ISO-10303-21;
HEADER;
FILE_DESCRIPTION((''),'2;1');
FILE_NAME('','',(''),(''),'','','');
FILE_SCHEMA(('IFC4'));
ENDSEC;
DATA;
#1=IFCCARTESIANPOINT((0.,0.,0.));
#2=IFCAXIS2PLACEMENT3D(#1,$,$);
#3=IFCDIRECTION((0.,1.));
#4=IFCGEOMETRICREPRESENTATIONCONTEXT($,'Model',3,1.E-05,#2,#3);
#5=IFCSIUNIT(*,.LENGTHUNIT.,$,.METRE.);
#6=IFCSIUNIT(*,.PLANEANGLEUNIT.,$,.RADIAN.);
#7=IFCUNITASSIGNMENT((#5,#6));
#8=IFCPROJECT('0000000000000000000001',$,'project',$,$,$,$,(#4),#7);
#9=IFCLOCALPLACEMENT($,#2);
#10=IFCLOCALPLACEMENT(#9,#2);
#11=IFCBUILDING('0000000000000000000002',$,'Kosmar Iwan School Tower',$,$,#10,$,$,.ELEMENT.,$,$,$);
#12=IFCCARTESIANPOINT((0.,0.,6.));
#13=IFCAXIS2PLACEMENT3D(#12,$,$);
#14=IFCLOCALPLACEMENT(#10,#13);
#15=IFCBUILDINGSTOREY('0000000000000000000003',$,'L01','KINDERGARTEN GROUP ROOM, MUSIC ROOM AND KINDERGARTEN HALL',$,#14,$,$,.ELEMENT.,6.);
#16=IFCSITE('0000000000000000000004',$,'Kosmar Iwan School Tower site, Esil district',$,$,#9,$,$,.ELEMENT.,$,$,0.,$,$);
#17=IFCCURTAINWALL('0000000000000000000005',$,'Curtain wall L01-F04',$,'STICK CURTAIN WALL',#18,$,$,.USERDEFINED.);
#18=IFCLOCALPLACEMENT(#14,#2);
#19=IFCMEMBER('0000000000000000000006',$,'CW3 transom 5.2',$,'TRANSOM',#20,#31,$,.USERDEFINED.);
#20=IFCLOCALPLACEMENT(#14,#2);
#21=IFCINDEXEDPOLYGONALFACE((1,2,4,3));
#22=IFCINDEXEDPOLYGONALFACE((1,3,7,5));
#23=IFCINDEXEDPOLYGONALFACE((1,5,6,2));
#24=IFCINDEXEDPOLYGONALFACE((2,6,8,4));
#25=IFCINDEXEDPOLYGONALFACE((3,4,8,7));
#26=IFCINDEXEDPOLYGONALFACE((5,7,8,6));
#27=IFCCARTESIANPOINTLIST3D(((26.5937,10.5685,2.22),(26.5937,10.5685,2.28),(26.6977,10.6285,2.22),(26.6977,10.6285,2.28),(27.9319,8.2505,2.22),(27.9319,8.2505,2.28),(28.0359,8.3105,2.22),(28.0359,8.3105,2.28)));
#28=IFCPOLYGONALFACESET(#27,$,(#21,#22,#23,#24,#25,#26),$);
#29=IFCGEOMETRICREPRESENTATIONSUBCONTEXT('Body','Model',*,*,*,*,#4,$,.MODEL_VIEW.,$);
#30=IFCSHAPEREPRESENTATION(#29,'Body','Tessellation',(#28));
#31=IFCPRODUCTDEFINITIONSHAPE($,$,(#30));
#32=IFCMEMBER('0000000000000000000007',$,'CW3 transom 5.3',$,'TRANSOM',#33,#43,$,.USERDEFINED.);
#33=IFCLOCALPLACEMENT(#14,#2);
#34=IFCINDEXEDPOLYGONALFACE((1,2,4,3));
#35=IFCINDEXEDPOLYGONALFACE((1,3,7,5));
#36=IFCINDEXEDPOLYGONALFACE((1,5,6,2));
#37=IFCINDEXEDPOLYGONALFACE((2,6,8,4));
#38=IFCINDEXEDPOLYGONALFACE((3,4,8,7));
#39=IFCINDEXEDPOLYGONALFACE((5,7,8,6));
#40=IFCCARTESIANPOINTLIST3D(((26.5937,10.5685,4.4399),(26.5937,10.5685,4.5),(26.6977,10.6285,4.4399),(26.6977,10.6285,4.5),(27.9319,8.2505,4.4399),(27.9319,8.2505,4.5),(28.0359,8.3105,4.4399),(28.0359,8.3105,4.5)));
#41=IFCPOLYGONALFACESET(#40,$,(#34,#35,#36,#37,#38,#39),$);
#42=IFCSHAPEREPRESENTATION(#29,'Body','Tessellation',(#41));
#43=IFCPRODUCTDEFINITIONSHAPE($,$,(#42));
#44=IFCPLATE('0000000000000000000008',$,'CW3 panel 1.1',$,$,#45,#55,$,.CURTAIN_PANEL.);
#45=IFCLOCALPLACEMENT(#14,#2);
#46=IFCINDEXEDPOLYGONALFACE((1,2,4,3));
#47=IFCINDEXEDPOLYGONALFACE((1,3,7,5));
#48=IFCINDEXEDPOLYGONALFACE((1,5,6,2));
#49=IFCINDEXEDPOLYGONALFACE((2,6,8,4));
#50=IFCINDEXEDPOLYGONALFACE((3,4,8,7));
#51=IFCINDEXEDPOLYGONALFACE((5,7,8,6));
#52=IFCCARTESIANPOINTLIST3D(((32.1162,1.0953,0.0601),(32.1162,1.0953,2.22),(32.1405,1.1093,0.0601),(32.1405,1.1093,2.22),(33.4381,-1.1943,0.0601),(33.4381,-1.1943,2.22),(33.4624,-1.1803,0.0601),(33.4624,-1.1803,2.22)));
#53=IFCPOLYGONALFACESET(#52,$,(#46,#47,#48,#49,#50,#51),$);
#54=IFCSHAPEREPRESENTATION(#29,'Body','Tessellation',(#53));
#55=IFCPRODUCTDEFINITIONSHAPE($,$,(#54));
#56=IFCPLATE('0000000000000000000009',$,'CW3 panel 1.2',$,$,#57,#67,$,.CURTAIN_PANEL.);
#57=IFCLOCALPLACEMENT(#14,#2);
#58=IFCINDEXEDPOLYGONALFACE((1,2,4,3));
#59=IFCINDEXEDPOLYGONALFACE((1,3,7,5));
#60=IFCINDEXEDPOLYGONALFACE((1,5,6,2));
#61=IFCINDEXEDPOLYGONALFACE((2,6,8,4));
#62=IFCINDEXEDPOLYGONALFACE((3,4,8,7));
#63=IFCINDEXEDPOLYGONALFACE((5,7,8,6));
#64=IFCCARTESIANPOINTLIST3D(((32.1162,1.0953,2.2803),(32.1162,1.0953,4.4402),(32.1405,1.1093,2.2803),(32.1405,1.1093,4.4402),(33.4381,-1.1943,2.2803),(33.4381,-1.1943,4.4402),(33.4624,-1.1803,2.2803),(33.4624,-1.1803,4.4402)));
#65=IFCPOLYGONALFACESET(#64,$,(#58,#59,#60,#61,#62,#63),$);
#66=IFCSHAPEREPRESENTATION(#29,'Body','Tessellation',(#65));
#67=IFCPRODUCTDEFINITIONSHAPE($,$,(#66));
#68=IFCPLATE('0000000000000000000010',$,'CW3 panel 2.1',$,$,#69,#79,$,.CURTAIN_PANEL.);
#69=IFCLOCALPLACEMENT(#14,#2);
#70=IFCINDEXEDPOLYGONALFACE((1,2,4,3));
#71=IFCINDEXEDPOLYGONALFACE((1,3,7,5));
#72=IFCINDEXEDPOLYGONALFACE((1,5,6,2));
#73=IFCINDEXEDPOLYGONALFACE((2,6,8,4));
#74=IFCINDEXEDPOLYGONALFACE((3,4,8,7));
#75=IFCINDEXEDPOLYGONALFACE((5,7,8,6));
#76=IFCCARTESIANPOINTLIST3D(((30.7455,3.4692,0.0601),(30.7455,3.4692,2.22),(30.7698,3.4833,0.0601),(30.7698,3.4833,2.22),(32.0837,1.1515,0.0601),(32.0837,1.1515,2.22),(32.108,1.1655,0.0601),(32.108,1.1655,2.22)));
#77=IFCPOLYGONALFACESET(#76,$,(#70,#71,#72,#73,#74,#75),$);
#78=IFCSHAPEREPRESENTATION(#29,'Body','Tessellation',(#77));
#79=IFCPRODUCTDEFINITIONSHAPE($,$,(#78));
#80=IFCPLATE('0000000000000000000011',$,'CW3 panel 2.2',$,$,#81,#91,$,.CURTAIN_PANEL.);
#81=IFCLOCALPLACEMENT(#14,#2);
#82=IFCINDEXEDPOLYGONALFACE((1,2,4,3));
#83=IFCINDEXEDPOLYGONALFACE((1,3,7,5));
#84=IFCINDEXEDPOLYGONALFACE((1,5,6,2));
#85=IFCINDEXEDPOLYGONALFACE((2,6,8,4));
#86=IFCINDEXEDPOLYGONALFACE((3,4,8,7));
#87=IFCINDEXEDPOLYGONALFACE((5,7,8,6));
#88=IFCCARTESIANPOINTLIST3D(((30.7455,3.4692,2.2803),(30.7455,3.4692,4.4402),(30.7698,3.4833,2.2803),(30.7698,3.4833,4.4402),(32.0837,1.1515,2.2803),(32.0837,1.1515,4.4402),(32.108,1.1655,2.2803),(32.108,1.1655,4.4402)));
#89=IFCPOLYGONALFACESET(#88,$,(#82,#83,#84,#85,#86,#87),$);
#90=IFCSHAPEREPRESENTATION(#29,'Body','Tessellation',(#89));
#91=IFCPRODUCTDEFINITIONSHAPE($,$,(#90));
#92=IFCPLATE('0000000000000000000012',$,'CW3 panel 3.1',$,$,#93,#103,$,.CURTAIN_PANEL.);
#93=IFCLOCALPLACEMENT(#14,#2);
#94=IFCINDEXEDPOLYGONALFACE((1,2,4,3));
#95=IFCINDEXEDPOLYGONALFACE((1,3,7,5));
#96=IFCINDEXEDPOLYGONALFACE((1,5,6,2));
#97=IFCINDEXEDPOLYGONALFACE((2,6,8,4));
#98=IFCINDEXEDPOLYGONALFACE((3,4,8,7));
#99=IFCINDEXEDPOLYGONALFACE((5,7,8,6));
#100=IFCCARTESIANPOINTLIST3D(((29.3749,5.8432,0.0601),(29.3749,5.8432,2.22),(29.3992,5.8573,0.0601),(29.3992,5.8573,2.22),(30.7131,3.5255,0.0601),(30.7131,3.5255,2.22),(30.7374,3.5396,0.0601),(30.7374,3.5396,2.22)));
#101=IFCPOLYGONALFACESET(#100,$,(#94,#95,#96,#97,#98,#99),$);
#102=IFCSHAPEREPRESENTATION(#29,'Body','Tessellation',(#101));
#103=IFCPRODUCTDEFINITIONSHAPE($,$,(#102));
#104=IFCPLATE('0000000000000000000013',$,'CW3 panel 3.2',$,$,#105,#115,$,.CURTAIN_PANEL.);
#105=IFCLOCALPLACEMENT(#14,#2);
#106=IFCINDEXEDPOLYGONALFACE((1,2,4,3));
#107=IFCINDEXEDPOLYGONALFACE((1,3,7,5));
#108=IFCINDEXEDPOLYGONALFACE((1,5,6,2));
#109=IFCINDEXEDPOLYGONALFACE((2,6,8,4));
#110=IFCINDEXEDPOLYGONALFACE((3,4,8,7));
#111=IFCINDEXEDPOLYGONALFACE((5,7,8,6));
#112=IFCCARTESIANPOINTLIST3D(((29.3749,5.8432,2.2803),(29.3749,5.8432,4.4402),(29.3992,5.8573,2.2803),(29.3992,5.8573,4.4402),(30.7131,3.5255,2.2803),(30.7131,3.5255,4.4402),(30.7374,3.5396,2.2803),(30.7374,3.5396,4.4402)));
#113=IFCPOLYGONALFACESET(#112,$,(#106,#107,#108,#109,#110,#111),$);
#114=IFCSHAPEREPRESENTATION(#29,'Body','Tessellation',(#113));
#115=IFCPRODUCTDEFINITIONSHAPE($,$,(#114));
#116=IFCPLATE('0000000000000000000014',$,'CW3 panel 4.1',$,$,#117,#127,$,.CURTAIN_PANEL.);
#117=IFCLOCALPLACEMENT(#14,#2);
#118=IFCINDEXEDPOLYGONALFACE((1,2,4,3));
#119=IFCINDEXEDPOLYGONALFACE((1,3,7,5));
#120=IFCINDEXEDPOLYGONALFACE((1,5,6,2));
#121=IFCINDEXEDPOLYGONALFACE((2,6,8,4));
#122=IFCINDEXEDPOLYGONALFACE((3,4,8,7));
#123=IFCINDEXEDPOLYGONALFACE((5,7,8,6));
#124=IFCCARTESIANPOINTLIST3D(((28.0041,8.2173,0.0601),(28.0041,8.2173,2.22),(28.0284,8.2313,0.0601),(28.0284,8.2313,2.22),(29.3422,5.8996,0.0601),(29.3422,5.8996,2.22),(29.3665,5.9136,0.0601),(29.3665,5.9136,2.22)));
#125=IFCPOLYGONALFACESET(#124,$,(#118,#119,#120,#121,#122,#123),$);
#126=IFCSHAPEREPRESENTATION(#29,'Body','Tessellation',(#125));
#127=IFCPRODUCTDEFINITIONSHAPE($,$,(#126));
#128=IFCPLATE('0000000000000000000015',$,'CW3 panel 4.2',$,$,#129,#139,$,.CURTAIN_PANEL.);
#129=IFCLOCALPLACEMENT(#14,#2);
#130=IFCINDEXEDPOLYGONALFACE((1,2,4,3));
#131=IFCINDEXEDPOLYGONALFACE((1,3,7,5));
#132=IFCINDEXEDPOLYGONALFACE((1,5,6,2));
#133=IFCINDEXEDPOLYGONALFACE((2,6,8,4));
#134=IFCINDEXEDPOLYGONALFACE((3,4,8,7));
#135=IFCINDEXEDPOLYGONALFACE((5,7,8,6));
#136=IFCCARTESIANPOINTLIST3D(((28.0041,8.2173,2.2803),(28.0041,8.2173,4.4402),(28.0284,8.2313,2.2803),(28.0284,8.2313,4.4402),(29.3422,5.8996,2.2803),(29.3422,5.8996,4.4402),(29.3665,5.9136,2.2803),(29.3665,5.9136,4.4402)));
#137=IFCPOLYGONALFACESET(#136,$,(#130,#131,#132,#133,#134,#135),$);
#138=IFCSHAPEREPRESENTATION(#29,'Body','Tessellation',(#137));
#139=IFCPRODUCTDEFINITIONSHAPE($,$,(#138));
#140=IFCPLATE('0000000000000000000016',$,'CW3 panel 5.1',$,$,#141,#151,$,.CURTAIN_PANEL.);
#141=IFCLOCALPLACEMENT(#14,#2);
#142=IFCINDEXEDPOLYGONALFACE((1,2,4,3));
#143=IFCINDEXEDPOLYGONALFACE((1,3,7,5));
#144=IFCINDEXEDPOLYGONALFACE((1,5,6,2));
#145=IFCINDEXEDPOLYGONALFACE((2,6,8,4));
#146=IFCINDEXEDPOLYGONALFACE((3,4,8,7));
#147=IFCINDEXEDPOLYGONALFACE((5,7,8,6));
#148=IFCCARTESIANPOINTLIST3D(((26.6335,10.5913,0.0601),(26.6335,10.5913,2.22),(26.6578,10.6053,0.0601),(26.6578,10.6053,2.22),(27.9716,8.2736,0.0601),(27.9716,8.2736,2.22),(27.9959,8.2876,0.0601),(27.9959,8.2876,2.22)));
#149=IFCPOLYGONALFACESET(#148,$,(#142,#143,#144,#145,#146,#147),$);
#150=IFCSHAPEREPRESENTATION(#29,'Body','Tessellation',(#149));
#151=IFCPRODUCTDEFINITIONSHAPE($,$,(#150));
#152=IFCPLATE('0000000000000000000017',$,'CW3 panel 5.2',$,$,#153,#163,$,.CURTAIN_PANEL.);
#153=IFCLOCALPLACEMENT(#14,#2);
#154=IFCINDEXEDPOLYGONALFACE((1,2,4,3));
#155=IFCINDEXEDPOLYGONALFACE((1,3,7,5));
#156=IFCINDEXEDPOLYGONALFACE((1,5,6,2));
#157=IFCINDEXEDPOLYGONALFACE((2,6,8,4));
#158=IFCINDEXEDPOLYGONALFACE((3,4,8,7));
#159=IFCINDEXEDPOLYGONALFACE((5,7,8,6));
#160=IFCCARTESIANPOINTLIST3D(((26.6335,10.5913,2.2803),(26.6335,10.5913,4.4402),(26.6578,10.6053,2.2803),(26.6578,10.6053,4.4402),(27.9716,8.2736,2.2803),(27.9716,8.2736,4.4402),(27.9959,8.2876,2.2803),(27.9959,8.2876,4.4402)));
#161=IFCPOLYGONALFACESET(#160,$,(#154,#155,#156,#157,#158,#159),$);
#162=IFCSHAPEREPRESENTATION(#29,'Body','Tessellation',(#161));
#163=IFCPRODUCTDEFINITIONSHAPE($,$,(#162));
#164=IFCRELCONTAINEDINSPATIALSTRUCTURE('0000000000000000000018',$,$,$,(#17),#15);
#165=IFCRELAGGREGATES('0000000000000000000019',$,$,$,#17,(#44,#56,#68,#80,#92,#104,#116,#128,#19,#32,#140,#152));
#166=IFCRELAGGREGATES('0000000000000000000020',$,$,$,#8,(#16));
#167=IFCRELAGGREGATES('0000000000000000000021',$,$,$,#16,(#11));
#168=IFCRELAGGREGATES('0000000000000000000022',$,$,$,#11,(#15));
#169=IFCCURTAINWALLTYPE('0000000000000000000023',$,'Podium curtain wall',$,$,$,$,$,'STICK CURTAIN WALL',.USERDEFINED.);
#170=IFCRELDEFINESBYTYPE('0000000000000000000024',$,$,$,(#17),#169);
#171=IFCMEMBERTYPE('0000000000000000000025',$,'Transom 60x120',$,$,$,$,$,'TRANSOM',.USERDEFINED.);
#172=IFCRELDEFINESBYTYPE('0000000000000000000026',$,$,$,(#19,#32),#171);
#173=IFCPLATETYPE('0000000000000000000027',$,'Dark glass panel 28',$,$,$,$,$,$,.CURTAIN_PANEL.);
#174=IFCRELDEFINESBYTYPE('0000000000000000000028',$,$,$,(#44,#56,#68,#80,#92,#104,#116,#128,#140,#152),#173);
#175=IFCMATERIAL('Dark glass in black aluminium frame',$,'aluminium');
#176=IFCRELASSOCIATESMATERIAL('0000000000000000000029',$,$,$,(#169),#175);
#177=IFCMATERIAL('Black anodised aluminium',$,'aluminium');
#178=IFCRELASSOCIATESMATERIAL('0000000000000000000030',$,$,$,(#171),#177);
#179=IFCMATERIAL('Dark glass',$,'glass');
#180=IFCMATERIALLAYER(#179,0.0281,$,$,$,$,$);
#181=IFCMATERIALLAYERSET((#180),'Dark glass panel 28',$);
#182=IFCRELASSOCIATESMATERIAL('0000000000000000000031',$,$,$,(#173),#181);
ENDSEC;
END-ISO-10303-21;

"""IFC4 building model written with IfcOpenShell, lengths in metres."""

from ifc_helpers import new_model, si_unit, direction, frame, origin, origin_2d, place, context, subcontext, project, spatial, rectangle, extrude, material, layer, layer_set, material_profile, profile_set, type_object, element, aggregate, save


model = new_model("IFC4")

# Units and contexts
model_context = context("Model", 3, precision=1e-05, world=origin(), true_north=direction((0.0, 1.0)))
body_context = subcontext(model_context, "Body", "Model", "MODEL_VIEW")
ifc_project = project(units=[si_unit("LENGTHUNIT", "METRE"), si_unit("PLANEANGLEUNIT", "RADIAN")], contexts=[model_context])

# Site, building, storey
site_placement = place(None, origin())
site = spatial("IfcSite", under=ifc_project, at=site_placement, Name="Kosmar Iwan School Tower site, Esil district", CompositionType="ELEMENT", RefElevation=0.0)
building_placement = place(site_placement, origin())
building = spatial("IfcBuilding", under=site, at=building_placement, Name="Kosmar Iwan School Tower", CompositionType="ELEMENT")
storey_placement = place(building_placement, frame((0.0, 0.0, 6.0)))
storey = spatial("IfcBuildingStorey", under=building, at=storey_placement, Name="L01", Description="KINDERGARTEN GROUP ROOM, MUSIC ROOM AND KINDERGARTEN HALL", CompositionType="ELEMENT", Elevation=6.0)

# Curtain wall, members, plates
ifc_material_1 = material(Name="Dark glass in black aluminium frame", Category="aluminium")
curtain_wall_type = type_object("IfcCurtainWallType", Name="Podium curtain wall", ElementType="STICK CURTAIN WALL", PredefinedType="USERDEFINED", material=ifc_material_1)
curtain_wall_placement = place(storey_placement, origin())
curtain_wall = element("IfcCurtainWall", 1, at=curtain_wall_placement, inside=storey, type_object=curtain_wall_type, Name="Curtain wall L01-F04", ObjectType="STICK CURTAIN WALL", PredefinedType="USERDEFINED")
ifc_material_2 = material(Name="Black anodised aluminium", Category="aluminium")
ifc_material_profile_1 = material_profile(ifc_material_2, rectangle(XDim=0.1201, YDim=0.0601, at=origin_2d()), Name="TRANSOM 60x120")
ifc_profile_set_1 = profile_set([ifc_material_profile_1], Name="Black anodised aluminium")
member_type_1 = type_object("IfcMemberType", Name="Transom 60x120", ElementType="TRANSOM", PredefinedType="USERDEFINED", material=ifc_profile_set_1)
member_1_placement = place(storey_placement, frame((27.9839, 8.2805, 2.25), z_axis=(-0.499975, 0.86604, 0.0), x_axis=(-0.86604, -0.499975, 0.0)))
member_1 = element("IfcMember", 2, at=member_1_placement, type_object=member_type_1, Name="CW3 transom 5.2", ObjectType="TRANSOM", PredefinedType="USERDEFINED", context=body_context, shape_type="SweptSolid", body=[
    extrude(rectangle(XDim=0.1201, YDim=0.0601, at=origin_2d()), origin(), (0.0, 0.0, 1.0), 2.6765),
])
member_2_placement = place(storey_placement, frame((27.9839, 8.2805, 4.47), z_axis=(-0.499975, 0.86604, 0.0), x_axis=(-0.86604, -0.499975, 0.0)))
member_2 = element("IfcMember", 3, at=member_2_placement, type_object=member_type_1, Name="CW3 transom 5.3", ObjectType="TRANSOM", PredefinedType="USERDEFINED", context=body_context, shape_type="SweptSolid", body=[
    extrude(rectangle(XDim=0.1201, YDim=0.0601, at=origin_2d()), origin(), (0.0, 0.0, 1.0), 2.6765),
])
ifc_material_3 = material(Name="Dark glass", Category="glass")
ifc_layer = layer(ifc_material_3, 0.0281)
ifc_layer_set = layer_set([ifc_layer], Name="Dark glass panel 28")
plate_type = type_object("IfcPlateType", Name="Dark glass panel 28", PredefinedType="CURTAIN_PANEL", material=ifc_layer_set)
plate_1_placement = place(storey_placement, frame((32.7893, -0.0425, 0.0601), z_axis=(0.0, 0.0, 1.0), x_axis=(-0.5, 0.866025, 0.0)))
plate_1 = element("IfcPlate", 4, at=plate_1_placement, type_object=plate_type, Name="CW3 panel 1.1", PredefinedType="CURTAIN_PANEL", context=body_context, shape_type="SweptSolid", body=[
    extrude(rectangle(XDim=2.6438, YDim=0.0281, at=origin_2d()), origin(), (0.0, 0.0, 1.0), 2.1599),
])
plate_2_placement = place(storey_placement, frame((32.7893, -0.0425, 2.2803), z_axis=(0.0, 0.0, 1.0), x_axis=(-0.5, 0.866025, 0.0)))
plate_2 = element("IfcPlate", 5, at=plate_2_placement, type_object=plate_type, Name="CW3 panel 1.2", PredefinedType="CURTAIN_PANEL", context=body_context, shape_type="SweptSolid", body=[
    extrude(rectangle(XDim=2.6438, YDim=0.0281, at=origin_2d()), origin(), (0.0, 0.0, 1.0), 2.1599),
])
plate_3_placement = place(storey_placement, frame((31.4268, 2.3174, 0.0601), z_axis=(0.0, 0.0, 1.0), x_axis=(-0.5, 0.866025, 0.0)))
plate_3 = element("IfcPlate", 6, at=plate_3_placement, type_object=plate_type, Name="CW3 panel 2.1", PredefinedType="CURTAIN_PANEL", context=body_context, shape_type="SweptSolid", body=[
    extrude(rectangle(XDim=2.6763, YDim=0.0281, at=origin_2d()), origin(), (0.0, 0.0, 1.0), 2.1599),
])
plate_4_placement = place(storey_placement, frame((31.4268, 2.3174, 2.2803), z_axis=(0.0, 0.0, 1.0), x_axis=(-0.5, 0.866025, 0.0)))
plate_4 = element("IfcPlate", 7, at=plate_4_placement, type_object=plate_type, Name="CW3 panel 2.2", PredefinedType="CURTAIN_PANEL", context=body_context, shape_type="SweptSolid", body=[
    extrude(rectangle(XDim=2.6763, YDim=0.0281, at=origin_2d()), origin(), (0.0, 0.0, 1.0), 2.1599),
])
plate_5_placement = place(storey_placement, frame((30.0562, 4.6914, 0.0601), z_axis=(0.0, 0.0, 1.0), x_axis=(-0.5, 0.866025, 0.0)))
plate_5 = element("IfcPlate", 8, at=plate_5_placement, type_object=plate_type, Name="CW3 panel 3.1", PredefinedType="CURTAIN_PANEL", context=body_context, shape_type="SweptSolid", body=[
    extrude(rectangle(XDim=2.6763, YDim=0.0281, at=origin_2d()), origin(), (0.0, 0.0, 1.0), 2.1599),
])
plate_6_placement = place(storey_placement, frame((30.0562, 4.6914, 2.2803), z_axis=(0.0, 0.0, 1.0), x_axis=(-0.5, 0.866025, 0.0)))
plate_6 = element("IfcPlate", 9, at=plate_6_placement, type_object=plate_type, Name="CW3 panel 3.2", PredefinedType="CURTAIN_PANEL", context=body_context, shape_type="SweptSolid", body=[
    extrude(rectangle(XDim=2.6763, YDim=0.0281, at=origin_2d()), origin(), (0.0, 0.0, 1.0), 2.1599),
])
plate_7_placement = place(storey_placement, frame((28.6853, 7.0654, 0.0601), z_axis=(0.0, 0.0, 1.0), x_axis=(-0.5, 0.866025, 0.0)))
plate_7 = element("IfcPlate", 10, at=plate_7_placement, type_object=plate_type, Name="CW3 panel 4.1", PredefinedType="CURTAIN_PANEL", context=body_context, shape_type="SweptSolid", body=[
    extrude(rectangle(XDim=2.6763, YDim=0.0281, at=origin_2d()), origin(), (0.0, 0.0, 1.0), 2.1599),
])
plate_8_placement = place(storey_placement, frame((28.6853, 7.0654, 2.2803), z_axis=(0.0, 0.0, 1.0), x_axis=(-0.5, 0.866025, 0.0)))
plate_8 = element("IfcPlate", 11, at=plate_8_placement, type_object=plate_type, Name="CW3 panel 4.2", PredefinedType="CURTAIN_PANEL", context=body_context, shape_type="SweptSolid", body=[
    extrude(rectangle(XDim=2.6763, YDim=0.0281, at=origin_2d()), origin(), (0.0, 0.0, 1.0), 2.1599),
])
plate_9_placement = place(storey_placement, frame((27.3147, 9.4395, 0.0601), z_axis=(0.0, 0.0, 1.0), x_axis=(-0.5, 0.866025, 0.0)))
plate_9 = element("IfcPlate", 12, at=plate_9_placement, type_object=plate_type, Name="CW3 panel 5.1", PredefinedType="CURTAIN_PANEL", context=body_context, shape_type="SweptSolid", body=[
    extrude(rectangle(XDim=2.6763, YDim=0.0281, at=origin_2d()), origin(), (0.0, 0.0, 1.0), 2.1599),
])
plate_10_placement = place(storey_placement, frame((27.3147, 9.4395, 2.2803), z_axis=(0.0, 0.0, 1.0), x_axis=(-0.5, 0.866025, 0.0)))
plate_10 = element("IfcPlate", 13, at=plate_10_placement, type_object=plate_type, Name="CW3 panel 5.2", PredefinedType="CURTAIN_PANEL", context=body_context, shape_type="SweptSolid", body=[
    extrude(rectangle(XDim=2.6763, YDim=0.0281, at=origin_2d()), origin(), (0.0, 0.0, 1.0), 2.1599),
])
aggregate(curtain_wall, [plate_1, plate_2, plate_3, plate_4, plate_5, plate_6, plate_7, plate_8, member_1, member_2, plate_9, plate_10])

save(model, "model.ifc")
